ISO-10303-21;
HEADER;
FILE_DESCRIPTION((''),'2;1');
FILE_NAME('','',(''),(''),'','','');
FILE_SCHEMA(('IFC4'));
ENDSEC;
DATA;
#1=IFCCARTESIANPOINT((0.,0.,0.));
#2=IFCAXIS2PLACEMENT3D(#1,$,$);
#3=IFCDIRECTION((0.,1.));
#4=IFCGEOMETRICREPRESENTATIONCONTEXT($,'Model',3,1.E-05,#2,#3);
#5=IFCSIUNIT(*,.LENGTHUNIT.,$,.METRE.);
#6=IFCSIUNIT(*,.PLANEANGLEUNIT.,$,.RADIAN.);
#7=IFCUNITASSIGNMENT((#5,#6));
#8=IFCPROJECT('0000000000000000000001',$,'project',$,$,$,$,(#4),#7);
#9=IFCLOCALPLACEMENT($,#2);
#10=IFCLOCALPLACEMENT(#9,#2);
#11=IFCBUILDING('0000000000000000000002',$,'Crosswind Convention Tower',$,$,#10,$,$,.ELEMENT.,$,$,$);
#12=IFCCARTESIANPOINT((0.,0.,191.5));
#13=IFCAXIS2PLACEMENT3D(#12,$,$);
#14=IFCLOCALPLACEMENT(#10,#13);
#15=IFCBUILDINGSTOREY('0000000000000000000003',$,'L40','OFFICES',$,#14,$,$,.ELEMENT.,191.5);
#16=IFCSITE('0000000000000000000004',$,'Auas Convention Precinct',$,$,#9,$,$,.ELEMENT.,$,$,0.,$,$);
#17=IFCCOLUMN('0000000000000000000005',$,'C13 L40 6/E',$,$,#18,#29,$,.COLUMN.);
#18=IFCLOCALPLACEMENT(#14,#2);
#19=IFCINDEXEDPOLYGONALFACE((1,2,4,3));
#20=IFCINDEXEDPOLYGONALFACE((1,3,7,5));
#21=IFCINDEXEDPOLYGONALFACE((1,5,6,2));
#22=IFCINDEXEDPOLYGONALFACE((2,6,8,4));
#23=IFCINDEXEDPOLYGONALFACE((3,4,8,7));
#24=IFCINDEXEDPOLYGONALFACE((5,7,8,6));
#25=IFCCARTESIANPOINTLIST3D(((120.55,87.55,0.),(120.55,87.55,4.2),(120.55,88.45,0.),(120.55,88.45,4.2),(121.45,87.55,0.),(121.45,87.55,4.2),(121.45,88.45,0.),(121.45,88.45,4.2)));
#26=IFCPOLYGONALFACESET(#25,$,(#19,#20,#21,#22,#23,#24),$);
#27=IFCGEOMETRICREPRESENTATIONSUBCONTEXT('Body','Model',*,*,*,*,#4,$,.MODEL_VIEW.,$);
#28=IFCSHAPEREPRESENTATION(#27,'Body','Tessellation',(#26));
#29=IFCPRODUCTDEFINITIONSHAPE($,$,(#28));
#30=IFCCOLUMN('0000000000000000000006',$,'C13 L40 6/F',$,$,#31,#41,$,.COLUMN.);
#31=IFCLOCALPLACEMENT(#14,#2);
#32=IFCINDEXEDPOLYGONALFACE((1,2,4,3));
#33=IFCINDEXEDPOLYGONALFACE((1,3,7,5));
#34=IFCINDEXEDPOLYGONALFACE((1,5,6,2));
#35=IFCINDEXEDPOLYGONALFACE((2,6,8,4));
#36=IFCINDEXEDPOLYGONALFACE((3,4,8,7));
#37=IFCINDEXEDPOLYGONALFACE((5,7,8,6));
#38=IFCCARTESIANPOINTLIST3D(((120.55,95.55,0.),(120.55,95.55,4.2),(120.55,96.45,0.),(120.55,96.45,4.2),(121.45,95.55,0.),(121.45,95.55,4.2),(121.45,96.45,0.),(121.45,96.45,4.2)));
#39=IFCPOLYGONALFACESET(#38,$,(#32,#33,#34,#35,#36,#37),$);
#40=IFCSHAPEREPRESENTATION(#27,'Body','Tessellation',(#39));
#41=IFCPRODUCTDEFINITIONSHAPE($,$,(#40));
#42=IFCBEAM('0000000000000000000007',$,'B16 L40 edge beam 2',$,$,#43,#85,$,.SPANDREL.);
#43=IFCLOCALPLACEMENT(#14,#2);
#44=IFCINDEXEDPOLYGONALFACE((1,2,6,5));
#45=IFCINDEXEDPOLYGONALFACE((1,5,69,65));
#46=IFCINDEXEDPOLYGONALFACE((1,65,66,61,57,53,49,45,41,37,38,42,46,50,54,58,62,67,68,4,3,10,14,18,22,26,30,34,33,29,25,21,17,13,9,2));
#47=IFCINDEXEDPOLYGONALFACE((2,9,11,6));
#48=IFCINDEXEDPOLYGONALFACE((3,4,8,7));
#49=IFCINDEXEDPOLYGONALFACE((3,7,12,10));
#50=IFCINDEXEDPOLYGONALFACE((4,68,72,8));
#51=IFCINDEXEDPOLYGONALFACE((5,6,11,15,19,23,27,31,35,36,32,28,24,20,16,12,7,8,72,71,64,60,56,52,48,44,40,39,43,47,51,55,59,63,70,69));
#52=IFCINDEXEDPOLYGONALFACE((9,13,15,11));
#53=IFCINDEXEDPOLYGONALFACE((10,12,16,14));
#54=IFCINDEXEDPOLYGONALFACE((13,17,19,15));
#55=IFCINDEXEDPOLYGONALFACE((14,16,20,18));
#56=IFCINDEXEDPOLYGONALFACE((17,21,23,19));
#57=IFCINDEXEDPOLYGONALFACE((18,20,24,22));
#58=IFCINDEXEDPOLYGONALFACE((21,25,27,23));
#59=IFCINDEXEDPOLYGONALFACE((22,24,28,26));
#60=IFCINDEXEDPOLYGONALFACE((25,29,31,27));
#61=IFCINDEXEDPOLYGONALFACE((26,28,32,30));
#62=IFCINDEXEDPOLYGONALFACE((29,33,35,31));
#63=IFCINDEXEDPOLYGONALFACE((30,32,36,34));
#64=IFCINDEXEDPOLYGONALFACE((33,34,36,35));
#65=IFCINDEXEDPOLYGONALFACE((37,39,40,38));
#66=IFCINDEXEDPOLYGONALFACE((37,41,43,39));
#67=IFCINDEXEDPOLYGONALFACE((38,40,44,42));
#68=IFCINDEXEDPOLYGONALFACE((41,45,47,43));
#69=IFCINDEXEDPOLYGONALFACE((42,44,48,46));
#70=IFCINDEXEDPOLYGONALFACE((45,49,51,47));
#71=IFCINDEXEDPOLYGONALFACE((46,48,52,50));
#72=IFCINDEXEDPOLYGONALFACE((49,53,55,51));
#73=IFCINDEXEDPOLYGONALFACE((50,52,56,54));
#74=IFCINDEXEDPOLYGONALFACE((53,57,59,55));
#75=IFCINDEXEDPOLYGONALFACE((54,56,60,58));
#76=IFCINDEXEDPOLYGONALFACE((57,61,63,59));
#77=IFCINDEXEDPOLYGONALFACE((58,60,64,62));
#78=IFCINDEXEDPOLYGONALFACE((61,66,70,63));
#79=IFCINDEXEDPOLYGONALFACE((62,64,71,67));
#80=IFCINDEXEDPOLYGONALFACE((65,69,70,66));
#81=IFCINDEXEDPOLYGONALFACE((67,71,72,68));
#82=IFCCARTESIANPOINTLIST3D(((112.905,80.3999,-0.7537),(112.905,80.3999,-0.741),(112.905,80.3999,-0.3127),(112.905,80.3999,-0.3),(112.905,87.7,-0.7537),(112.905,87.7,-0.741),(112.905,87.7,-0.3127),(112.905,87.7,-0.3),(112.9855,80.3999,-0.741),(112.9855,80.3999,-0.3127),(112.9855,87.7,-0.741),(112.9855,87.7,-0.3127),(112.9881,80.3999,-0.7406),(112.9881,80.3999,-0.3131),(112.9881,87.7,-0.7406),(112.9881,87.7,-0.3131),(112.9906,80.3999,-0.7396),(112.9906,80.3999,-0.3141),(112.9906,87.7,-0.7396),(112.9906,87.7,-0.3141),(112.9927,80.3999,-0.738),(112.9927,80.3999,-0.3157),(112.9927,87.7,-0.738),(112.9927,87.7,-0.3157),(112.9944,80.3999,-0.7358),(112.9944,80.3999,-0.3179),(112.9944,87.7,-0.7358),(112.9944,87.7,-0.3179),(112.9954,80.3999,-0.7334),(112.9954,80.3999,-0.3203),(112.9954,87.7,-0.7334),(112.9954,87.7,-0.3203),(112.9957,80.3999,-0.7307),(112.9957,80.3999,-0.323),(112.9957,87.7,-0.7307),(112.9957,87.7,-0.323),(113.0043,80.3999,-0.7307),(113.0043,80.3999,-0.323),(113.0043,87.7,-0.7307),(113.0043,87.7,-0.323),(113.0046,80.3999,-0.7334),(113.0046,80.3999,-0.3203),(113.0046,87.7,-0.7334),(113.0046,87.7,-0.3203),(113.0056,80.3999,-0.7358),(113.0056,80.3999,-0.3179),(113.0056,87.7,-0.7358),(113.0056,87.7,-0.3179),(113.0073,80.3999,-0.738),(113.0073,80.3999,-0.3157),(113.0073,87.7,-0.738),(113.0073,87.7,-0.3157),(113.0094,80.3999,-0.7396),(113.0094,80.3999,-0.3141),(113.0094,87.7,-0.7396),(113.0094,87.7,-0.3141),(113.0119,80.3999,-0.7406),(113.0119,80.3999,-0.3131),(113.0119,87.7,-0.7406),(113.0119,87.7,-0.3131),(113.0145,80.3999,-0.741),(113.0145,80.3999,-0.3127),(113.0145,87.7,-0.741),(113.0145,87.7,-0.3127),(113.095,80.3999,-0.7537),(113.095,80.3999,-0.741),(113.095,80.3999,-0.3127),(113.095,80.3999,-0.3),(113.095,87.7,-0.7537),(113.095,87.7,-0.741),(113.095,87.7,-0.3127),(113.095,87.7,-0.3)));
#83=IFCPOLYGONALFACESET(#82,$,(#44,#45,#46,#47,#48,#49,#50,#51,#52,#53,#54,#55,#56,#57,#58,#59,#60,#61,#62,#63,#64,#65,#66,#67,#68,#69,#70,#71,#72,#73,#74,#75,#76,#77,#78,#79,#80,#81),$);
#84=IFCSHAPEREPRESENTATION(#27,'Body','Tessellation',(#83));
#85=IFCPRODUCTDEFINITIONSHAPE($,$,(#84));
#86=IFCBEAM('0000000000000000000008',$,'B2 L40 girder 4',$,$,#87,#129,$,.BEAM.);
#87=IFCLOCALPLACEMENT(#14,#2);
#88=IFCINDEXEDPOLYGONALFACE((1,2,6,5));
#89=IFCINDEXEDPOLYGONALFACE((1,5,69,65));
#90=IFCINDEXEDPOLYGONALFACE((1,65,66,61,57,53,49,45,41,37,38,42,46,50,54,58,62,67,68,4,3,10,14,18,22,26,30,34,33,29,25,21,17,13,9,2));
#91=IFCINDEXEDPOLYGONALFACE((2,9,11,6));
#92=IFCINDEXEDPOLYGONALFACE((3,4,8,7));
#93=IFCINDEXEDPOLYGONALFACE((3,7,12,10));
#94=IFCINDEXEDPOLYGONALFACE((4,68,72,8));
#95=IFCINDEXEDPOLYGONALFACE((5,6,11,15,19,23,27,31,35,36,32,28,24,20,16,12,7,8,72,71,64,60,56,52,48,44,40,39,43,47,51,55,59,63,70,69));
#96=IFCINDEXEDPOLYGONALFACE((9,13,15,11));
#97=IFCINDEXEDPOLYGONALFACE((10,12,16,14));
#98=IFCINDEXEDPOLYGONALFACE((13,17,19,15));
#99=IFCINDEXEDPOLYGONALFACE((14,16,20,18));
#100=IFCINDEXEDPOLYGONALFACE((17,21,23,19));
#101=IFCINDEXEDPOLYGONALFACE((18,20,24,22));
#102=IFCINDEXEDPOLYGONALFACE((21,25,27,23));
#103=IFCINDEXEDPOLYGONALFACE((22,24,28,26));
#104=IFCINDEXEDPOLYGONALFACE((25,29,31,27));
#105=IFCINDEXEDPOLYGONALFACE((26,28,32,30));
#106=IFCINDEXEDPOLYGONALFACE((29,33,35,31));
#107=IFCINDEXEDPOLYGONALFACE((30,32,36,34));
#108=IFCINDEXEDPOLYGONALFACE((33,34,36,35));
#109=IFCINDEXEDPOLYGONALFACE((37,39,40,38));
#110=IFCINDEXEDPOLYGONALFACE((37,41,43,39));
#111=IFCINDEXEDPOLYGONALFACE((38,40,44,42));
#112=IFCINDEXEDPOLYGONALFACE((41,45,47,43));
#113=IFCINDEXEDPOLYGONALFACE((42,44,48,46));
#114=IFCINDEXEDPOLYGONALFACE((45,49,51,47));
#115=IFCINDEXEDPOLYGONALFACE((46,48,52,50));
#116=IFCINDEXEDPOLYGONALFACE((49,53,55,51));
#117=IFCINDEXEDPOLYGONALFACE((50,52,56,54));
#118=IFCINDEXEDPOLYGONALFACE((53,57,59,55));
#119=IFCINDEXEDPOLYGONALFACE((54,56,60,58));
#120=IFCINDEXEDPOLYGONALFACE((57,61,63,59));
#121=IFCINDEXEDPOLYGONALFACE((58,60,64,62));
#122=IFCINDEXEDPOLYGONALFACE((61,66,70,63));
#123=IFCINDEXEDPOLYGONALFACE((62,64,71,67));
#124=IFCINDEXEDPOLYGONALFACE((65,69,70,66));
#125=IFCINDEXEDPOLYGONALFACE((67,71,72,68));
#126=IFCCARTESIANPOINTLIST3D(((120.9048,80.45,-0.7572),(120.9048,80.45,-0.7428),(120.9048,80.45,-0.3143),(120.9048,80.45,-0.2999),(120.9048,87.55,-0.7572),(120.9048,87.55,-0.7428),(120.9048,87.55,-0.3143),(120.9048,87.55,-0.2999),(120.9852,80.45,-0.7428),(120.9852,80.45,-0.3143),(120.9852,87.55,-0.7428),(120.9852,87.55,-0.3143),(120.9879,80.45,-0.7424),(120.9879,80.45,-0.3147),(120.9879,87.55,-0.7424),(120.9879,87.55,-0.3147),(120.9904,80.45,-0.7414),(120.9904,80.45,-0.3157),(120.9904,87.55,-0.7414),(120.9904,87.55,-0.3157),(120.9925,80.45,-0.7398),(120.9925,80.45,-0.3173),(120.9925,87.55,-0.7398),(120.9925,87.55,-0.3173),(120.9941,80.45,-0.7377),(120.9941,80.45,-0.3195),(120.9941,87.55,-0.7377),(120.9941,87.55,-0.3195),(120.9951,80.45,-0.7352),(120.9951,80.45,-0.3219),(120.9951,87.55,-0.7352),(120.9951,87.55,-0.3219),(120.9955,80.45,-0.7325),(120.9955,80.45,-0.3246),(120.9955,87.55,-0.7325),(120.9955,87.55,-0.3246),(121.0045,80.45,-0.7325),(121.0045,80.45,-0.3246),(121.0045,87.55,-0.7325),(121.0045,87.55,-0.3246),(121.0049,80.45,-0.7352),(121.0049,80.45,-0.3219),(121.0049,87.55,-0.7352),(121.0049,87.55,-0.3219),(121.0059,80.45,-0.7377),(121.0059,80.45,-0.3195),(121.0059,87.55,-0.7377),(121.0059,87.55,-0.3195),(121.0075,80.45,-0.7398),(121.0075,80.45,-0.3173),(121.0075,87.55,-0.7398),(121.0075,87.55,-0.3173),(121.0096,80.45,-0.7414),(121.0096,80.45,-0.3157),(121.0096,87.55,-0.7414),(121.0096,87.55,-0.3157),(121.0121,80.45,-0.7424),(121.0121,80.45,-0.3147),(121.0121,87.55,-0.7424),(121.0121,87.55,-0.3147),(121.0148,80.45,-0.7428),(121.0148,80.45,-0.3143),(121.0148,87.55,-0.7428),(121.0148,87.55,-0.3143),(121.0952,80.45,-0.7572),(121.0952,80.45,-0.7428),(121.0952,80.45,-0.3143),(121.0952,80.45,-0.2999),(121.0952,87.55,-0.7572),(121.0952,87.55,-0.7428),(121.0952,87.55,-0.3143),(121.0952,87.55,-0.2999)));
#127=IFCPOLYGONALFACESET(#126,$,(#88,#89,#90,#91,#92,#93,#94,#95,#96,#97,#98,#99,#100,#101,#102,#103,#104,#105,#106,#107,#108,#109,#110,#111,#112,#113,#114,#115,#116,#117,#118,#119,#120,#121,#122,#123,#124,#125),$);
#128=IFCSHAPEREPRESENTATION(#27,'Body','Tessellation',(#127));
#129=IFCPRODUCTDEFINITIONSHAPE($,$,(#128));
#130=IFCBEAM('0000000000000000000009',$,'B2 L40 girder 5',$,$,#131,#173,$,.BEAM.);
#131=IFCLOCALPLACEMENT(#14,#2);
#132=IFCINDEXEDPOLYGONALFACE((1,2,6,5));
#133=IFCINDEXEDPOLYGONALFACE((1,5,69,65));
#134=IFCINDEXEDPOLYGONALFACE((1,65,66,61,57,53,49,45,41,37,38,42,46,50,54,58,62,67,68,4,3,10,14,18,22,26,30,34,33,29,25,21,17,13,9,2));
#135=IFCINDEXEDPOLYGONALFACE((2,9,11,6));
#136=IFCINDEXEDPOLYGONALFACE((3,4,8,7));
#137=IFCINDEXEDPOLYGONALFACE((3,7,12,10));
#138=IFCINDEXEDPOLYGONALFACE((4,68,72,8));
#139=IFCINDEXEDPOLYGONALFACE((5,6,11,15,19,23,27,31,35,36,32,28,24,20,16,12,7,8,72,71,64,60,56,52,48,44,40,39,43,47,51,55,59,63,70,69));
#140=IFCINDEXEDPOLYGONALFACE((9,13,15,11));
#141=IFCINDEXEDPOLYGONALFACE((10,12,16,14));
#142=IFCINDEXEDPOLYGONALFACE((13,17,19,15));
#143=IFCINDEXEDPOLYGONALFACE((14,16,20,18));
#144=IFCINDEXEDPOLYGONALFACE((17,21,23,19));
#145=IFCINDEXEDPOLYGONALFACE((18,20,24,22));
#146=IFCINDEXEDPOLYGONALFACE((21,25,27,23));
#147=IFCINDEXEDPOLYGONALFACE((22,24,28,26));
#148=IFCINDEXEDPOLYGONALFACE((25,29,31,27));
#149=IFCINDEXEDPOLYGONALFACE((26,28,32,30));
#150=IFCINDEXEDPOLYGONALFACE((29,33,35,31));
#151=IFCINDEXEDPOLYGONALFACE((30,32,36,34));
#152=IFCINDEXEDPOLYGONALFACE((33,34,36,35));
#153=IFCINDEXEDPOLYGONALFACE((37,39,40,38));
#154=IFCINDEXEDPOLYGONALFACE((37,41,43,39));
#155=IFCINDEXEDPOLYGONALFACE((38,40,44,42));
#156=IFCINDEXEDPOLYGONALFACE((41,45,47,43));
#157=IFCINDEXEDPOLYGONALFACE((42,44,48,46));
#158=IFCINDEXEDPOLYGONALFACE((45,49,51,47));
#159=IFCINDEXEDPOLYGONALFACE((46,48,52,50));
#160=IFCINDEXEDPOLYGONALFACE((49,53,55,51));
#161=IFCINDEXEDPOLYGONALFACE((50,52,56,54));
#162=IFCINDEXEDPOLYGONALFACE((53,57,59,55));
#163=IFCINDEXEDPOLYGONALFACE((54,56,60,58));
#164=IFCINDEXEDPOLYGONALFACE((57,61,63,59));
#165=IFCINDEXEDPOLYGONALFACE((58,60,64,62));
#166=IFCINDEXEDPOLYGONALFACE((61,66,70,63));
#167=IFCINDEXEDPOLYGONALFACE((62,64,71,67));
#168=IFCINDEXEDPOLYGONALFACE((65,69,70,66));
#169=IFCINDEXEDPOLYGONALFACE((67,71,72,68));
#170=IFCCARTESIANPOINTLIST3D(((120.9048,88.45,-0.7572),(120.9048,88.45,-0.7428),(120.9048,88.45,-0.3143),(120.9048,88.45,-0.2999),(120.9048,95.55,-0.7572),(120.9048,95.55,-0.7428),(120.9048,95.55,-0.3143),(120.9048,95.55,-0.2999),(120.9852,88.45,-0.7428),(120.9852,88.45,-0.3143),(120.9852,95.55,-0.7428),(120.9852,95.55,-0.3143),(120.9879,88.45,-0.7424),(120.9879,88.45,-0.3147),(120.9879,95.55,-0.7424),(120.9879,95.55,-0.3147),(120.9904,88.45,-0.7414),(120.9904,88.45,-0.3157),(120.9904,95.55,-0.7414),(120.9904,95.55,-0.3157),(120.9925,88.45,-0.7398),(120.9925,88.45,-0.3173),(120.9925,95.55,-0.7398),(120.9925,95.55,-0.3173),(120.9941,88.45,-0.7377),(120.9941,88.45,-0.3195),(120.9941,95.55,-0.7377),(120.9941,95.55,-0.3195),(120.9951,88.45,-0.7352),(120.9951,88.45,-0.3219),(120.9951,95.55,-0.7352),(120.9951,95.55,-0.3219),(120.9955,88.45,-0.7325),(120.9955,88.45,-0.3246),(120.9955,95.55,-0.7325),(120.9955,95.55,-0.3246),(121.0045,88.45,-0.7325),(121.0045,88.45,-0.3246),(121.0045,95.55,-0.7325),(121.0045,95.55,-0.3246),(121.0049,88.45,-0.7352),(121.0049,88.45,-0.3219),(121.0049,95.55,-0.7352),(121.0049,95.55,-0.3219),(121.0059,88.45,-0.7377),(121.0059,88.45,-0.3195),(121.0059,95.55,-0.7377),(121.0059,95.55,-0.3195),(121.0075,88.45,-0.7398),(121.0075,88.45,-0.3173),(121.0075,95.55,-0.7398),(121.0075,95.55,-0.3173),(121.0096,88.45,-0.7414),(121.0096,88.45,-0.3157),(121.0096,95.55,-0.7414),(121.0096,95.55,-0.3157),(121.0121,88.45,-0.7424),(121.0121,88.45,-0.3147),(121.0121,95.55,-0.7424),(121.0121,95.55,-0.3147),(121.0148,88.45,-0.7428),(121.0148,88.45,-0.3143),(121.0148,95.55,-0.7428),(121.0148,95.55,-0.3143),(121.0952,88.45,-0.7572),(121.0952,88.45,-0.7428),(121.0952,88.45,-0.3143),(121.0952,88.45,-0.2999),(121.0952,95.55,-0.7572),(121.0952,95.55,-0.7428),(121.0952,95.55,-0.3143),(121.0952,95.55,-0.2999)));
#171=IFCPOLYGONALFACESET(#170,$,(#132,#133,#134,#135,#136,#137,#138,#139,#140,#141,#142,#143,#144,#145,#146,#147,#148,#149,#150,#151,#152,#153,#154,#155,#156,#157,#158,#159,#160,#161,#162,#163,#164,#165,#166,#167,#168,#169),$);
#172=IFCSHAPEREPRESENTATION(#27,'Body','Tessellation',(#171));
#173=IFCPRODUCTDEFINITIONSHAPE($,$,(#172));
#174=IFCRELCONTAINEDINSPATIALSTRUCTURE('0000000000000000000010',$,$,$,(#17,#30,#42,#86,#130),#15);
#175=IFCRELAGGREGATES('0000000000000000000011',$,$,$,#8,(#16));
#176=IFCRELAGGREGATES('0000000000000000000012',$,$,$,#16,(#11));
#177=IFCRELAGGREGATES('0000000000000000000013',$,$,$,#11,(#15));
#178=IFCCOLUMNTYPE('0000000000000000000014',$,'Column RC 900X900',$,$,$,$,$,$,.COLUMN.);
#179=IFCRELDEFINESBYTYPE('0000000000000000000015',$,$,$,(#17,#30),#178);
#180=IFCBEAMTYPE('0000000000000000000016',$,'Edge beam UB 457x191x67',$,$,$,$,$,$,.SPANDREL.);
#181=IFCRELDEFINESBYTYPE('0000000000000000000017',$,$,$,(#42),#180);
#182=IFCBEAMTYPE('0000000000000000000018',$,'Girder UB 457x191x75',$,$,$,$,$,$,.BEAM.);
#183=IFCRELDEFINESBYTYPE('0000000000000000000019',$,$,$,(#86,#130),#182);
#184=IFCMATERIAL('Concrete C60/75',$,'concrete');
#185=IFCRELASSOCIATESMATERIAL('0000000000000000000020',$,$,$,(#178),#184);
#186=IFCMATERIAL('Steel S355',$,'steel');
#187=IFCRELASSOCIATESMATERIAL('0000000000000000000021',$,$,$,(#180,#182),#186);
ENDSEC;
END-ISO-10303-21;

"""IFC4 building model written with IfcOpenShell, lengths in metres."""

from ifc_helpers import new_model, si_unit, direction, frame, origin, origin_2d, place, context, subcontext, project, spatial, rectangle, i_section, extrude, material, material_profile, profile_set, type_object, element, save


model = new_model("IFC4")

# Units and contexts
model_context = context("Model", 3, precision=1e-05, world=origin(), true_north=direction((0.0, 1.0)))
body_context = subcontext(model_context, "Body", "Model", "MODEL_VIEW")
ifc_project = project(units=[si_unit("LENGTHUNIT", "METRE"), si_unit("PLANEANGLEUNIT", "RADIAN")], contexts=[model_context])

# Site, building, storey
site_placement = place(None, origin())
site = spatial("IfcSite", under=ifc_project, at=site_placement, Name="Auas Convention Precinct", CompositionType="ELEMENT", RefElevation=0.0)
building_placement = place(site_placement, origin())
building = spatial("IfcBuilding", under=site, at=building_placement, Name="Crosswind Convention Tower", CompositionType="ELEMENT")
storey_placement = place(building_placement, frame((0.0, 0.0, 191.5)))
storey = spatial("IfcBuildingStorey", under=building, at=storey_placement, Name="L40", Description="OFFICES", CompositionType="ELEMENT", Elevation=191.5)

# Columns
ifc_material_1 = material(Name="Concrete C60/75", Category="concrete")
ifc_material_profile_1 = material_profile(ifc_material_1, rectangle(XDim=0.8999, YDim=0.8999, at=origin_2d()), Name="RC 900X900")
ifc_profile_set_1 = profile_set([ifc_material_profile_1], Name="Concrete C60/75")
column_type = type_object("IfcColumnType", Name="Column RC 900X900", PredefinedType="COLUMN", material=ifc_profile_set_1)
for number, where, z_axis, x_axis, name in (
    (1, (121.0, 88.0, 0.0), (0.0, 0.0, 1.0), (1.0, 0.0, 0.0), "C13 L40 6/E"),
    (2, (121.0, 96.0, 0.0), (0.0, 0.0, 1.0), (1.0, 0.0, 0.0), "C13 L40 6/F"),
):
    element("IfcColumn", number, at=place(storey_placement, frame(where, z_axis=z_axis, x_axis=x_axis)), inside=storey, type_object=column_type, Name=name, PredefinedType="COLUMN", context=body_context, shape_type="SweptSolid", body=[
        extrude(rectangle(XDim=0.8999, YDim=0.8999, at=origin_2d()), origin(), (0.0, 0.0, 1.0), 4.2),
    ])

# Beams
ifc_material_2 = material(Name="Steel S355", Category="steel")
ifc_material_profile_2 = material_profile(ifc_material_2, i_section(OverallWidth=0.1899, OverallDepth=0.4536, WebThickness=0.0085, FlangeThickness=0.0127, FilletRadius=0.0103, at=origin_2d()), Name="UB 457x191x67")
ifc_profile_set_2 = profile_set([ifc_material_profile_2], Name="Steel S355")
beam_type_1 = type_object("IfcBeamType", Name="Edge beam UB 457x191x67", PredefinedType="SPANDREL", material=ifc_profile_set_2)
beam_1_placement = place(storey_placement, frame((113.0, 80.3999, -0.5269), z_axis=(0.0, 1.0, 0.0), x_axis=(-1.0, 0.0, 0.0)))
element("IfcBeam", 3, at=beam_1_placement, inside=storey, type_object=beam_type_1, Name="B16 L40 edge beam 2", PredefinedType="SPANDREL", context=body_context, shape_type="SweptSolid", body=[
    extrude(i_section(OverallWidth=0.1899, OverallDepth=0.4536, WebThickness=0.0085, FlangeThickness=0.0127, FilletRadius=0.0103, at=origin_2d()), origin(), (0.0, 0.0, 1.0), 7.3),
])
ifc_material_profile_3 = material_profile(ifc_material_2, i_section(OverallWidth=0.1904, OverallDepth=0.4573, WebThickness=0.009, FlangeThickness=0.0144, FilletRadius=0.0103, at=origin_2d()), Name="UB 457x191x75")
ifc_profile_set_3 = profile_set([ifc_material_profile_3], Name="Steel S355")
beam_type_2 = type_object("IfcBeamType", Name="Girder UB 457x191x75", PredefinedType="BEAM", material=ifc_profile_set_3)
for number, where, z_axis, x_axis, name in (
    (4, (121.0, 80.45, -0.5286), (0.0, 1.0, 0.0), (-1.0, 0.0, 0.0), "B2 L40 girder 4"),
    (5, (121.0, 88.45, -0.5286), (0.0, 1.0, 0.0), (-1.0, 0.0, 0.0), "B2 L40 girder 5"),
):
    element("IfcBeam", number, at=place(storey_placement, frame(where, z_axis=z_axis, x_axis=x_axis)), inside=storey, type_object=beam_type_2, Name=name, PredefinedType="BEAM", context=body_context, shape_type="SweptSolid", body=[
        extrude(i_section(OverallWidth=0.1904, OverallDepth=0.4573, WebThickness=0.009, FlangeThickness=0.0144, FilletRadius=0.0103, at=origin_2d()), origin(), (0.0, 0.0, 1.0), 7.1001),
    ])

save(model, "model.ifc")
